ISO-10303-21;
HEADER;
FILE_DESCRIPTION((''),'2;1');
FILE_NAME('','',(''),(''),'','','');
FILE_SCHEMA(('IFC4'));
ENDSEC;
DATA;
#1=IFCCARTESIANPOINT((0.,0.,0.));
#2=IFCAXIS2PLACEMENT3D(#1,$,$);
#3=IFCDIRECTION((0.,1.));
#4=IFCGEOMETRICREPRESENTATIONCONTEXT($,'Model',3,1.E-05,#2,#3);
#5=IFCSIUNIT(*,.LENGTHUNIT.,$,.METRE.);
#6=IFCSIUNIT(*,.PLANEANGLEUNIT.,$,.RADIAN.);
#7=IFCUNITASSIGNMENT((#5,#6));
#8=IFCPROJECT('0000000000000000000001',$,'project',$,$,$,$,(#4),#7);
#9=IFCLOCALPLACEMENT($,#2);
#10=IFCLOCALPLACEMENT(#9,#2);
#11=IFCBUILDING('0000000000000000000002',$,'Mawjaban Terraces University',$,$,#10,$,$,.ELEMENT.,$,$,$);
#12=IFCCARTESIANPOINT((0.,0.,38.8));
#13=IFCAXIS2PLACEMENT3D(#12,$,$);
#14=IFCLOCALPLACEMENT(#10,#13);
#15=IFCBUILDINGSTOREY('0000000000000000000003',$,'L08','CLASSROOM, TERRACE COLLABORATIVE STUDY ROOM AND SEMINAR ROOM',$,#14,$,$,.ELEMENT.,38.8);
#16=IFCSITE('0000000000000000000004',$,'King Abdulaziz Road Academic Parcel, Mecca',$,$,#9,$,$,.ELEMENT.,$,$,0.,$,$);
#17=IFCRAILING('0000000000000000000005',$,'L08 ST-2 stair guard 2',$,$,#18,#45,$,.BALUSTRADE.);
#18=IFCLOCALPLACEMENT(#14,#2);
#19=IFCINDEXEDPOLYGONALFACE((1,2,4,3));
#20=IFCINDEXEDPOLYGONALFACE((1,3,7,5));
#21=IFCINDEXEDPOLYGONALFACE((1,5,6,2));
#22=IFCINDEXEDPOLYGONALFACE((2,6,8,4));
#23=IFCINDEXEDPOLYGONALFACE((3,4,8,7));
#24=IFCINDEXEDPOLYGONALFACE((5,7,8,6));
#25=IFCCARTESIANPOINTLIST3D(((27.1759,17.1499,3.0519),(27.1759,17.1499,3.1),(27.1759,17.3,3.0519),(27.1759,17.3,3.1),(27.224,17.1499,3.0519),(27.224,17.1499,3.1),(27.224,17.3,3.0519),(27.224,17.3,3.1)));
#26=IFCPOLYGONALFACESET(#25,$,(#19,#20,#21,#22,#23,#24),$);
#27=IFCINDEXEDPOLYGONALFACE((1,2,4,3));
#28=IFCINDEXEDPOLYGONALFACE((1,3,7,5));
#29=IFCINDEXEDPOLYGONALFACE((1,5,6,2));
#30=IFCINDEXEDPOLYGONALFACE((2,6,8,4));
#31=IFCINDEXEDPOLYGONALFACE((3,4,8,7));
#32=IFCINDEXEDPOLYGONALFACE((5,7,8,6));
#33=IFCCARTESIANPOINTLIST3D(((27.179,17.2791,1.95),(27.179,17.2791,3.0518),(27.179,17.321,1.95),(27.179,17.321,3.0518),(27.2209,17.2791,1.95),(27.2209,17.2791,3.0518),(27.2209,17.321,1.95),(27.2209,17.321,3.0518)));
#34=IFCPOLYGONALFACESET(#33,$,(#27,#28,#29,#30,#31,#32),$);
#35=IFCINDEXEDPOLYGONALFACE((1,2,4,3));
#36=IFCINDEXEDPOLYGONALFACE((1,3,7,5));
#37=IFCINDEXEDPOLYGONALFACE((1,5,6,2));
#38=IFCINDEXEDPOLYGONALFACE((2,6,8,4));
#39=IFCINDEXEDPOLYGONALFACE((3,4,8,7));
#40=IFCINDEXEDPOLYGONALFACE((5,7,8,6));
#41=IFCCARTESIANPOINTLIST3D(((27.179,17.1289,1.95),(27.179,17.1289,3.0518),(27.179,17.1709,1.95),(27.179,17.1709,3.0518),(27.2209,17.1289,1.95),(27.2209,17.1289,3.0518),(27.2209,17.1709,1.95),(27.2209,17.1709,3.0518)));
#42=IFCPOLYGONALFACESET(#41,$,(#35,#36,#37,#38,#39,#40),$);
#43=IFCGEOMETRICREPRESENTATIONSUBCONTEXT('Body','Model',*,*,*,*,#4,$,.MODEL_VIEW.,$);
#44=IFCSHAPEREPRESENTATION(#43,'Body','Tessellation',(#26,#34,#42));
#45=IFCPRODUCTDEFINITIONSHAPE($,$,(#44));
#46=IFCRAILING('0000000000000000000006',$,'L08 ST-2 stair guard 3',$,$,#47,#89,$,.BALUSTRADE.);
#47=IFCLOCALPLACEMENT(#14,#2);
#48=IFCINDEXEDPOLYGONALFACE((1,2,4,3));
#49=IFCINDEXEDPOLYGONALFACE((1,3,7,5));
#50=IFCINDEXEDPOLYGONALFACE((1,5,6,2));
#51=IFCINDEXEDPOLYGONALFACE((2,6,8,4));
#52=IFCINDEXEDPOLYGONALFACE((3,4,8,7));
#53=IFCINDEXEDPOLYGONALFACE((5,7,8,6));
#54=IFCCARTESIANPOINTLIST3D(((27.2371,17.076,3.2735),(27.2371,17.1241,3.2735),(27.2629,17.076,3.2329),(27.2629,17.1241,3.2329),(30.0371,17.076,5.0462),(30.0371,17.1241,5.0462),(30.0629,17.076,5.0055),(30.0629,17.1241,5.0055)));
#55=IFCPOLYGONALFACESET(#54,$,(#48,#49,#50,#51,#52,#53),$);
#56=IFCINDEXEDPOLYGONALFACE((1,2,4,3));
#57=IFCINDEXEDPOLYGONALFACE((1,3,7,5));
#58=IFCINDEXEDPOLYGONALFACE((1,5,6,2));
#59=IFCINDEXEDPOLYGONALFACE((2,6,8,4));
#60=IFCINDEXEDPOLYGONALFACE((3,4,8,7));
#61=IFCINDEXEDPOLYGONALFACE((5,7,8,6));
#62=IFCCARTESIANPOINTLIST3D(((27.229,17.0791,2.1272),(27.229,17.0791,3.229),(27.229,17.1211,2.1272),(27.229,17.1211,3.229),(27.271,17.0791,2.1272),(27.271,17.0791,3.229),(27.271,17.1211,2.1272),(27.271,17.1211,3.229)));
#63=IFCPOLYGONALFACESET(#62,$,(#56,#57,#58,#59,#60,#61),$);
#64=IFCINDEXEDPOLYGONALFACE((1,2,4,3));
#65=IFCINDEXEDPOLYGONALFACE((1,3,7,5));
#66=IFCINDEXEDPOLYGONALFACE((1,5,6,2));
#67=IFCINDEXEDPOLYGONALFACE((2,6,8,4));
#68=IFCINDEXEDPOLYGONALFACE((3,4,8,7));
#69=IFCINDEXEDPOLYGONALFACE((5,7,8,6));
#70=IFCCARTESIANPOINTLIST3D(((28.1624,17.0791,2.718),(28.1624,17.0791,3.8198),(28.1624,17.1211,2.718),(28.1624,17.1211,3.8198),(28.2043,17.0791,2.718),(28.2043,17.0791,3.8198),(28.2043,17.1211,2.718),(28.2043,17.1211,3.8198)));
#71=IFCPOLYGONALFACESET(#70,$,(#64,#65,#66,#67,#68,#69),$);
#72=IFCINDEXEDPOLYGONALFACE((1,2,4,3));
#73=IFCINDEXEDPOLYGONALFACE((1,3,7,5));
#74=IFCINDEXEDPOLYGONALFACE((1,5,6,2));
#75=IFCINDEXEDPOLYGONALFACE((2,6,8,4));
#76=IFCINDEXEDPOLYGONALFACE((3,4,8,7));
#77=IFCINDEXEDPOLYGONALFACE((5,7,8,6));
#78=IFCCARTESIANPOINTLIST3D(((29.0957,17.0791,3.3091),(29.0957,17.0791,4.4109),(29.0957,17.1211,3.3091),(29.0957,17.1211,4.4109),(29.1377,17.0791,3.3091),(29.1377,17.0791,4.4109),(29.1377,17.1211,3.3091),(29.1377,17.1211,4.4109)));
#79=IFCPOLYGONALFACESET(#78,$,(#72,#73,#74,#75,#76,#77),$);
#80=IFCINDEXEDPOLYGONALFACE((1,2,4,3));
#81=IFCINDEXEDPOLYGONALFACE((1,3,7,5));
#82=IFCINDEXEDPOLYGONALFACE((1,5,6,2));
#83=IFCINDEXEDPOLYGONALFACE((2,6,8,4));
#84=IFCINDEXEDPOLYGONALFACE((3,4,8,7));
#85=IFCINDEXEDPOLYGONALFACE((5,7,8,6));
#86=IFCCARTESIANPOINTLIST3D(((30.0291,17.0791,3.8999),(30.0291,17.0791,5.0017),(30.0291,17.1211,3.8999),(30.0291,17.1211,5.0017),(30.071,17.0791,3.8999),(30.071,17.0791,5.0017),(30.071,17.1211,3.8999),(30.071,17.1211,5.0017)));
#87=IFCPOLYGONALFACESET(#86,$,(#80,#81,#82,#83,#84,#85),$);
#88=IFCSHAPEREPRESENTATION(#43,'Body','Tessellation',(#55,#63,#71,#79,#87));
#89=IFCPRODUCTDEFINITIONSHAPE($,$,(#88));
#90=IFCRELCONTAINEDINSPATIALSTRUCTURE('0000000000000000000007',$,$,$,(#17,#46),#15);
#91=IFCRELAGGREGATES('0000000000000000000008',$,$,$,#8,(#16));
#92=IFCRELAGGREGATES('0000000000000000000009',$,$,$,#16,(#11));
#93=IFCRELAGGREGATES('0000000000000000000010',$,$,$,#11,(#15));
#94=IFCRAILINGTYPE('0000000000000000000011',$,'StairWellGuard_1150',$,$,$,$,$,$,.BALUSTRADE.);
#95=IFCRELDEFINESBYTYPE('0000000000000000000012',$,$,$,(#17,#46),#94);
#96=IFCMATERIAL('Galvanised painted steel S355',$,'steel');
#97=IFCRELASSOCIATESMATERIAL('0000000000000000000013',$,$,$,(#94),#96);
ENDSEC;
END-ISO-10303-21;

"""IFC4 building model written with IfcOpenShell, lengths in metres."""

from ifc_helpers import new_model, si_unit, direction, frame, origin, origin_2d, place, context, subcontext, project, spatial, rectangle, extrude, material, type_object, element, save


model = new_model("IFC4")

# Units and contexts
model_context = context("Model", 3, precision=1e-05, world=origin(), true_north=direction((0.0, 1.0)))
body_context = subcontext(model_context, "Body", "Model", "MODEL_VIEW")
ifc_project = project(units=[si_unit("LENGTHUNIT", "METRE"), si_unit("PLANEANGLEUNIT", "RADIAN")], contexts=[model_context])

# Site, building, storey
site_placement = place(None, origin())
site = spatial("IfcSite", under=ifc_project, at=site_placement, Name="King Abdulaziz Road Academic Parcel, Mecca", CompositionType="ELEMENT", RefElevation=0.0)
building_placement = place(site_placement, origin())
building = spatial("IfcBuilding", under=site, at=building_placement, Name="Mawjaban Terraces University", CompositionType="ELEMENT")
storey_placement = place(building_placement, frame((0.0, 0.0, 38.8)))
storey = spatial("IfcBuildingStorey", under=building, at=storey_placement, Name="L08", Description="CLASSROOM, TERRACE COLLABORATIVE STUDY ROOM AND SEMINAR ROOM", CompositionType="ELEMENT", Elevation=38.8)

# Railings
ifc_material_1 = material(Name="Galvanised painted steel S355", Category="steel")
railing_type_1 = type_object("IfcRailingType", Name="StairWellGuard_1150", PredefinedType="BALUSTRADE", material=ifc_material_1)
railing_1_placement = place(storey_placement, frame((27.2, 17.3, 1.95)))
element("IfcRailing", 1, at=railing_1_placement, inside=storey, type_object=railing_type_1, Name="L08 ST-2 stair guard 2", PredefinedType="BALUSTRADE", context=body_context, shape_type="SweptSolid", body=[
    extrude(rectangle(XDim=0.0481, YDim=0.0481, at=origin_2d()), frame((0.0, 0.0, 1.126), z_axis=(0.0, -1.0, 0.0), x_axis=(1.0, 0.0, 0.0)), (0.0, 0.0, 1.0), 0.1501),
    extrude(rectangle(XDim=0.042, YDim=0.042, at=origin_2d()), origin(), (0.0, 0.0, 1.0), 1.1018),
    extrude(rectangle(XDim=0.042, YDim=0.042, at=origin_2d()), frame((0.0, -0.1501, 0.0)), (0.0, 0.0, 1.0), 1.1018),
])
railing_2_placement = place(storey_placement, frame((27.25, 17.1001, 2.1272)))
element("IfcRailing", 2, at=railing_2_placement, inside=storey, type_object=railing_type_1, Name="L08 ST-2 stair guard 3", PredefinedType="BALUSTRADE", context=body_context, shape_type="SweptSolid", body=[
    extrude(rectangle(XDim=0.0481, YDim=0.0481, at=origin_2d()), frame((0.0, 0.0, 1.126), z_axis=(0.844909, 0.0, 0.53491), x_axis=(0.0, 1.0, 0.0)), (0.0, 0.0, 1.0), 3.314),
    extrude(rectangle(XDim=0.042, YDim=0.042, at=origin_2d()), origin(), (0.0, 0.0, 1.0), 1.1018),
    extrude(rectangle(XDim=0.042, YDim=0.042, at=origin_2d()), frame((0.9333, 0.0, 0.5908)), (0.0, 0.0, 1.0), 1.1018),
    extrude(rectangle(XDim=0.042, YDim=0.042, at=origin_2d()), frame((1.8667, 0.0, 1.1819)), (0.0, 0.0, 1.0), 1.1018),
    extrude(rectangle(XDim=0.042, YDim=0.042, at=origin_2d()), frame((2.8, 0.0, 1.7727)), (0.0, 0.0, 1.0), 1.1018),
])

save(model, "model.ifc")
